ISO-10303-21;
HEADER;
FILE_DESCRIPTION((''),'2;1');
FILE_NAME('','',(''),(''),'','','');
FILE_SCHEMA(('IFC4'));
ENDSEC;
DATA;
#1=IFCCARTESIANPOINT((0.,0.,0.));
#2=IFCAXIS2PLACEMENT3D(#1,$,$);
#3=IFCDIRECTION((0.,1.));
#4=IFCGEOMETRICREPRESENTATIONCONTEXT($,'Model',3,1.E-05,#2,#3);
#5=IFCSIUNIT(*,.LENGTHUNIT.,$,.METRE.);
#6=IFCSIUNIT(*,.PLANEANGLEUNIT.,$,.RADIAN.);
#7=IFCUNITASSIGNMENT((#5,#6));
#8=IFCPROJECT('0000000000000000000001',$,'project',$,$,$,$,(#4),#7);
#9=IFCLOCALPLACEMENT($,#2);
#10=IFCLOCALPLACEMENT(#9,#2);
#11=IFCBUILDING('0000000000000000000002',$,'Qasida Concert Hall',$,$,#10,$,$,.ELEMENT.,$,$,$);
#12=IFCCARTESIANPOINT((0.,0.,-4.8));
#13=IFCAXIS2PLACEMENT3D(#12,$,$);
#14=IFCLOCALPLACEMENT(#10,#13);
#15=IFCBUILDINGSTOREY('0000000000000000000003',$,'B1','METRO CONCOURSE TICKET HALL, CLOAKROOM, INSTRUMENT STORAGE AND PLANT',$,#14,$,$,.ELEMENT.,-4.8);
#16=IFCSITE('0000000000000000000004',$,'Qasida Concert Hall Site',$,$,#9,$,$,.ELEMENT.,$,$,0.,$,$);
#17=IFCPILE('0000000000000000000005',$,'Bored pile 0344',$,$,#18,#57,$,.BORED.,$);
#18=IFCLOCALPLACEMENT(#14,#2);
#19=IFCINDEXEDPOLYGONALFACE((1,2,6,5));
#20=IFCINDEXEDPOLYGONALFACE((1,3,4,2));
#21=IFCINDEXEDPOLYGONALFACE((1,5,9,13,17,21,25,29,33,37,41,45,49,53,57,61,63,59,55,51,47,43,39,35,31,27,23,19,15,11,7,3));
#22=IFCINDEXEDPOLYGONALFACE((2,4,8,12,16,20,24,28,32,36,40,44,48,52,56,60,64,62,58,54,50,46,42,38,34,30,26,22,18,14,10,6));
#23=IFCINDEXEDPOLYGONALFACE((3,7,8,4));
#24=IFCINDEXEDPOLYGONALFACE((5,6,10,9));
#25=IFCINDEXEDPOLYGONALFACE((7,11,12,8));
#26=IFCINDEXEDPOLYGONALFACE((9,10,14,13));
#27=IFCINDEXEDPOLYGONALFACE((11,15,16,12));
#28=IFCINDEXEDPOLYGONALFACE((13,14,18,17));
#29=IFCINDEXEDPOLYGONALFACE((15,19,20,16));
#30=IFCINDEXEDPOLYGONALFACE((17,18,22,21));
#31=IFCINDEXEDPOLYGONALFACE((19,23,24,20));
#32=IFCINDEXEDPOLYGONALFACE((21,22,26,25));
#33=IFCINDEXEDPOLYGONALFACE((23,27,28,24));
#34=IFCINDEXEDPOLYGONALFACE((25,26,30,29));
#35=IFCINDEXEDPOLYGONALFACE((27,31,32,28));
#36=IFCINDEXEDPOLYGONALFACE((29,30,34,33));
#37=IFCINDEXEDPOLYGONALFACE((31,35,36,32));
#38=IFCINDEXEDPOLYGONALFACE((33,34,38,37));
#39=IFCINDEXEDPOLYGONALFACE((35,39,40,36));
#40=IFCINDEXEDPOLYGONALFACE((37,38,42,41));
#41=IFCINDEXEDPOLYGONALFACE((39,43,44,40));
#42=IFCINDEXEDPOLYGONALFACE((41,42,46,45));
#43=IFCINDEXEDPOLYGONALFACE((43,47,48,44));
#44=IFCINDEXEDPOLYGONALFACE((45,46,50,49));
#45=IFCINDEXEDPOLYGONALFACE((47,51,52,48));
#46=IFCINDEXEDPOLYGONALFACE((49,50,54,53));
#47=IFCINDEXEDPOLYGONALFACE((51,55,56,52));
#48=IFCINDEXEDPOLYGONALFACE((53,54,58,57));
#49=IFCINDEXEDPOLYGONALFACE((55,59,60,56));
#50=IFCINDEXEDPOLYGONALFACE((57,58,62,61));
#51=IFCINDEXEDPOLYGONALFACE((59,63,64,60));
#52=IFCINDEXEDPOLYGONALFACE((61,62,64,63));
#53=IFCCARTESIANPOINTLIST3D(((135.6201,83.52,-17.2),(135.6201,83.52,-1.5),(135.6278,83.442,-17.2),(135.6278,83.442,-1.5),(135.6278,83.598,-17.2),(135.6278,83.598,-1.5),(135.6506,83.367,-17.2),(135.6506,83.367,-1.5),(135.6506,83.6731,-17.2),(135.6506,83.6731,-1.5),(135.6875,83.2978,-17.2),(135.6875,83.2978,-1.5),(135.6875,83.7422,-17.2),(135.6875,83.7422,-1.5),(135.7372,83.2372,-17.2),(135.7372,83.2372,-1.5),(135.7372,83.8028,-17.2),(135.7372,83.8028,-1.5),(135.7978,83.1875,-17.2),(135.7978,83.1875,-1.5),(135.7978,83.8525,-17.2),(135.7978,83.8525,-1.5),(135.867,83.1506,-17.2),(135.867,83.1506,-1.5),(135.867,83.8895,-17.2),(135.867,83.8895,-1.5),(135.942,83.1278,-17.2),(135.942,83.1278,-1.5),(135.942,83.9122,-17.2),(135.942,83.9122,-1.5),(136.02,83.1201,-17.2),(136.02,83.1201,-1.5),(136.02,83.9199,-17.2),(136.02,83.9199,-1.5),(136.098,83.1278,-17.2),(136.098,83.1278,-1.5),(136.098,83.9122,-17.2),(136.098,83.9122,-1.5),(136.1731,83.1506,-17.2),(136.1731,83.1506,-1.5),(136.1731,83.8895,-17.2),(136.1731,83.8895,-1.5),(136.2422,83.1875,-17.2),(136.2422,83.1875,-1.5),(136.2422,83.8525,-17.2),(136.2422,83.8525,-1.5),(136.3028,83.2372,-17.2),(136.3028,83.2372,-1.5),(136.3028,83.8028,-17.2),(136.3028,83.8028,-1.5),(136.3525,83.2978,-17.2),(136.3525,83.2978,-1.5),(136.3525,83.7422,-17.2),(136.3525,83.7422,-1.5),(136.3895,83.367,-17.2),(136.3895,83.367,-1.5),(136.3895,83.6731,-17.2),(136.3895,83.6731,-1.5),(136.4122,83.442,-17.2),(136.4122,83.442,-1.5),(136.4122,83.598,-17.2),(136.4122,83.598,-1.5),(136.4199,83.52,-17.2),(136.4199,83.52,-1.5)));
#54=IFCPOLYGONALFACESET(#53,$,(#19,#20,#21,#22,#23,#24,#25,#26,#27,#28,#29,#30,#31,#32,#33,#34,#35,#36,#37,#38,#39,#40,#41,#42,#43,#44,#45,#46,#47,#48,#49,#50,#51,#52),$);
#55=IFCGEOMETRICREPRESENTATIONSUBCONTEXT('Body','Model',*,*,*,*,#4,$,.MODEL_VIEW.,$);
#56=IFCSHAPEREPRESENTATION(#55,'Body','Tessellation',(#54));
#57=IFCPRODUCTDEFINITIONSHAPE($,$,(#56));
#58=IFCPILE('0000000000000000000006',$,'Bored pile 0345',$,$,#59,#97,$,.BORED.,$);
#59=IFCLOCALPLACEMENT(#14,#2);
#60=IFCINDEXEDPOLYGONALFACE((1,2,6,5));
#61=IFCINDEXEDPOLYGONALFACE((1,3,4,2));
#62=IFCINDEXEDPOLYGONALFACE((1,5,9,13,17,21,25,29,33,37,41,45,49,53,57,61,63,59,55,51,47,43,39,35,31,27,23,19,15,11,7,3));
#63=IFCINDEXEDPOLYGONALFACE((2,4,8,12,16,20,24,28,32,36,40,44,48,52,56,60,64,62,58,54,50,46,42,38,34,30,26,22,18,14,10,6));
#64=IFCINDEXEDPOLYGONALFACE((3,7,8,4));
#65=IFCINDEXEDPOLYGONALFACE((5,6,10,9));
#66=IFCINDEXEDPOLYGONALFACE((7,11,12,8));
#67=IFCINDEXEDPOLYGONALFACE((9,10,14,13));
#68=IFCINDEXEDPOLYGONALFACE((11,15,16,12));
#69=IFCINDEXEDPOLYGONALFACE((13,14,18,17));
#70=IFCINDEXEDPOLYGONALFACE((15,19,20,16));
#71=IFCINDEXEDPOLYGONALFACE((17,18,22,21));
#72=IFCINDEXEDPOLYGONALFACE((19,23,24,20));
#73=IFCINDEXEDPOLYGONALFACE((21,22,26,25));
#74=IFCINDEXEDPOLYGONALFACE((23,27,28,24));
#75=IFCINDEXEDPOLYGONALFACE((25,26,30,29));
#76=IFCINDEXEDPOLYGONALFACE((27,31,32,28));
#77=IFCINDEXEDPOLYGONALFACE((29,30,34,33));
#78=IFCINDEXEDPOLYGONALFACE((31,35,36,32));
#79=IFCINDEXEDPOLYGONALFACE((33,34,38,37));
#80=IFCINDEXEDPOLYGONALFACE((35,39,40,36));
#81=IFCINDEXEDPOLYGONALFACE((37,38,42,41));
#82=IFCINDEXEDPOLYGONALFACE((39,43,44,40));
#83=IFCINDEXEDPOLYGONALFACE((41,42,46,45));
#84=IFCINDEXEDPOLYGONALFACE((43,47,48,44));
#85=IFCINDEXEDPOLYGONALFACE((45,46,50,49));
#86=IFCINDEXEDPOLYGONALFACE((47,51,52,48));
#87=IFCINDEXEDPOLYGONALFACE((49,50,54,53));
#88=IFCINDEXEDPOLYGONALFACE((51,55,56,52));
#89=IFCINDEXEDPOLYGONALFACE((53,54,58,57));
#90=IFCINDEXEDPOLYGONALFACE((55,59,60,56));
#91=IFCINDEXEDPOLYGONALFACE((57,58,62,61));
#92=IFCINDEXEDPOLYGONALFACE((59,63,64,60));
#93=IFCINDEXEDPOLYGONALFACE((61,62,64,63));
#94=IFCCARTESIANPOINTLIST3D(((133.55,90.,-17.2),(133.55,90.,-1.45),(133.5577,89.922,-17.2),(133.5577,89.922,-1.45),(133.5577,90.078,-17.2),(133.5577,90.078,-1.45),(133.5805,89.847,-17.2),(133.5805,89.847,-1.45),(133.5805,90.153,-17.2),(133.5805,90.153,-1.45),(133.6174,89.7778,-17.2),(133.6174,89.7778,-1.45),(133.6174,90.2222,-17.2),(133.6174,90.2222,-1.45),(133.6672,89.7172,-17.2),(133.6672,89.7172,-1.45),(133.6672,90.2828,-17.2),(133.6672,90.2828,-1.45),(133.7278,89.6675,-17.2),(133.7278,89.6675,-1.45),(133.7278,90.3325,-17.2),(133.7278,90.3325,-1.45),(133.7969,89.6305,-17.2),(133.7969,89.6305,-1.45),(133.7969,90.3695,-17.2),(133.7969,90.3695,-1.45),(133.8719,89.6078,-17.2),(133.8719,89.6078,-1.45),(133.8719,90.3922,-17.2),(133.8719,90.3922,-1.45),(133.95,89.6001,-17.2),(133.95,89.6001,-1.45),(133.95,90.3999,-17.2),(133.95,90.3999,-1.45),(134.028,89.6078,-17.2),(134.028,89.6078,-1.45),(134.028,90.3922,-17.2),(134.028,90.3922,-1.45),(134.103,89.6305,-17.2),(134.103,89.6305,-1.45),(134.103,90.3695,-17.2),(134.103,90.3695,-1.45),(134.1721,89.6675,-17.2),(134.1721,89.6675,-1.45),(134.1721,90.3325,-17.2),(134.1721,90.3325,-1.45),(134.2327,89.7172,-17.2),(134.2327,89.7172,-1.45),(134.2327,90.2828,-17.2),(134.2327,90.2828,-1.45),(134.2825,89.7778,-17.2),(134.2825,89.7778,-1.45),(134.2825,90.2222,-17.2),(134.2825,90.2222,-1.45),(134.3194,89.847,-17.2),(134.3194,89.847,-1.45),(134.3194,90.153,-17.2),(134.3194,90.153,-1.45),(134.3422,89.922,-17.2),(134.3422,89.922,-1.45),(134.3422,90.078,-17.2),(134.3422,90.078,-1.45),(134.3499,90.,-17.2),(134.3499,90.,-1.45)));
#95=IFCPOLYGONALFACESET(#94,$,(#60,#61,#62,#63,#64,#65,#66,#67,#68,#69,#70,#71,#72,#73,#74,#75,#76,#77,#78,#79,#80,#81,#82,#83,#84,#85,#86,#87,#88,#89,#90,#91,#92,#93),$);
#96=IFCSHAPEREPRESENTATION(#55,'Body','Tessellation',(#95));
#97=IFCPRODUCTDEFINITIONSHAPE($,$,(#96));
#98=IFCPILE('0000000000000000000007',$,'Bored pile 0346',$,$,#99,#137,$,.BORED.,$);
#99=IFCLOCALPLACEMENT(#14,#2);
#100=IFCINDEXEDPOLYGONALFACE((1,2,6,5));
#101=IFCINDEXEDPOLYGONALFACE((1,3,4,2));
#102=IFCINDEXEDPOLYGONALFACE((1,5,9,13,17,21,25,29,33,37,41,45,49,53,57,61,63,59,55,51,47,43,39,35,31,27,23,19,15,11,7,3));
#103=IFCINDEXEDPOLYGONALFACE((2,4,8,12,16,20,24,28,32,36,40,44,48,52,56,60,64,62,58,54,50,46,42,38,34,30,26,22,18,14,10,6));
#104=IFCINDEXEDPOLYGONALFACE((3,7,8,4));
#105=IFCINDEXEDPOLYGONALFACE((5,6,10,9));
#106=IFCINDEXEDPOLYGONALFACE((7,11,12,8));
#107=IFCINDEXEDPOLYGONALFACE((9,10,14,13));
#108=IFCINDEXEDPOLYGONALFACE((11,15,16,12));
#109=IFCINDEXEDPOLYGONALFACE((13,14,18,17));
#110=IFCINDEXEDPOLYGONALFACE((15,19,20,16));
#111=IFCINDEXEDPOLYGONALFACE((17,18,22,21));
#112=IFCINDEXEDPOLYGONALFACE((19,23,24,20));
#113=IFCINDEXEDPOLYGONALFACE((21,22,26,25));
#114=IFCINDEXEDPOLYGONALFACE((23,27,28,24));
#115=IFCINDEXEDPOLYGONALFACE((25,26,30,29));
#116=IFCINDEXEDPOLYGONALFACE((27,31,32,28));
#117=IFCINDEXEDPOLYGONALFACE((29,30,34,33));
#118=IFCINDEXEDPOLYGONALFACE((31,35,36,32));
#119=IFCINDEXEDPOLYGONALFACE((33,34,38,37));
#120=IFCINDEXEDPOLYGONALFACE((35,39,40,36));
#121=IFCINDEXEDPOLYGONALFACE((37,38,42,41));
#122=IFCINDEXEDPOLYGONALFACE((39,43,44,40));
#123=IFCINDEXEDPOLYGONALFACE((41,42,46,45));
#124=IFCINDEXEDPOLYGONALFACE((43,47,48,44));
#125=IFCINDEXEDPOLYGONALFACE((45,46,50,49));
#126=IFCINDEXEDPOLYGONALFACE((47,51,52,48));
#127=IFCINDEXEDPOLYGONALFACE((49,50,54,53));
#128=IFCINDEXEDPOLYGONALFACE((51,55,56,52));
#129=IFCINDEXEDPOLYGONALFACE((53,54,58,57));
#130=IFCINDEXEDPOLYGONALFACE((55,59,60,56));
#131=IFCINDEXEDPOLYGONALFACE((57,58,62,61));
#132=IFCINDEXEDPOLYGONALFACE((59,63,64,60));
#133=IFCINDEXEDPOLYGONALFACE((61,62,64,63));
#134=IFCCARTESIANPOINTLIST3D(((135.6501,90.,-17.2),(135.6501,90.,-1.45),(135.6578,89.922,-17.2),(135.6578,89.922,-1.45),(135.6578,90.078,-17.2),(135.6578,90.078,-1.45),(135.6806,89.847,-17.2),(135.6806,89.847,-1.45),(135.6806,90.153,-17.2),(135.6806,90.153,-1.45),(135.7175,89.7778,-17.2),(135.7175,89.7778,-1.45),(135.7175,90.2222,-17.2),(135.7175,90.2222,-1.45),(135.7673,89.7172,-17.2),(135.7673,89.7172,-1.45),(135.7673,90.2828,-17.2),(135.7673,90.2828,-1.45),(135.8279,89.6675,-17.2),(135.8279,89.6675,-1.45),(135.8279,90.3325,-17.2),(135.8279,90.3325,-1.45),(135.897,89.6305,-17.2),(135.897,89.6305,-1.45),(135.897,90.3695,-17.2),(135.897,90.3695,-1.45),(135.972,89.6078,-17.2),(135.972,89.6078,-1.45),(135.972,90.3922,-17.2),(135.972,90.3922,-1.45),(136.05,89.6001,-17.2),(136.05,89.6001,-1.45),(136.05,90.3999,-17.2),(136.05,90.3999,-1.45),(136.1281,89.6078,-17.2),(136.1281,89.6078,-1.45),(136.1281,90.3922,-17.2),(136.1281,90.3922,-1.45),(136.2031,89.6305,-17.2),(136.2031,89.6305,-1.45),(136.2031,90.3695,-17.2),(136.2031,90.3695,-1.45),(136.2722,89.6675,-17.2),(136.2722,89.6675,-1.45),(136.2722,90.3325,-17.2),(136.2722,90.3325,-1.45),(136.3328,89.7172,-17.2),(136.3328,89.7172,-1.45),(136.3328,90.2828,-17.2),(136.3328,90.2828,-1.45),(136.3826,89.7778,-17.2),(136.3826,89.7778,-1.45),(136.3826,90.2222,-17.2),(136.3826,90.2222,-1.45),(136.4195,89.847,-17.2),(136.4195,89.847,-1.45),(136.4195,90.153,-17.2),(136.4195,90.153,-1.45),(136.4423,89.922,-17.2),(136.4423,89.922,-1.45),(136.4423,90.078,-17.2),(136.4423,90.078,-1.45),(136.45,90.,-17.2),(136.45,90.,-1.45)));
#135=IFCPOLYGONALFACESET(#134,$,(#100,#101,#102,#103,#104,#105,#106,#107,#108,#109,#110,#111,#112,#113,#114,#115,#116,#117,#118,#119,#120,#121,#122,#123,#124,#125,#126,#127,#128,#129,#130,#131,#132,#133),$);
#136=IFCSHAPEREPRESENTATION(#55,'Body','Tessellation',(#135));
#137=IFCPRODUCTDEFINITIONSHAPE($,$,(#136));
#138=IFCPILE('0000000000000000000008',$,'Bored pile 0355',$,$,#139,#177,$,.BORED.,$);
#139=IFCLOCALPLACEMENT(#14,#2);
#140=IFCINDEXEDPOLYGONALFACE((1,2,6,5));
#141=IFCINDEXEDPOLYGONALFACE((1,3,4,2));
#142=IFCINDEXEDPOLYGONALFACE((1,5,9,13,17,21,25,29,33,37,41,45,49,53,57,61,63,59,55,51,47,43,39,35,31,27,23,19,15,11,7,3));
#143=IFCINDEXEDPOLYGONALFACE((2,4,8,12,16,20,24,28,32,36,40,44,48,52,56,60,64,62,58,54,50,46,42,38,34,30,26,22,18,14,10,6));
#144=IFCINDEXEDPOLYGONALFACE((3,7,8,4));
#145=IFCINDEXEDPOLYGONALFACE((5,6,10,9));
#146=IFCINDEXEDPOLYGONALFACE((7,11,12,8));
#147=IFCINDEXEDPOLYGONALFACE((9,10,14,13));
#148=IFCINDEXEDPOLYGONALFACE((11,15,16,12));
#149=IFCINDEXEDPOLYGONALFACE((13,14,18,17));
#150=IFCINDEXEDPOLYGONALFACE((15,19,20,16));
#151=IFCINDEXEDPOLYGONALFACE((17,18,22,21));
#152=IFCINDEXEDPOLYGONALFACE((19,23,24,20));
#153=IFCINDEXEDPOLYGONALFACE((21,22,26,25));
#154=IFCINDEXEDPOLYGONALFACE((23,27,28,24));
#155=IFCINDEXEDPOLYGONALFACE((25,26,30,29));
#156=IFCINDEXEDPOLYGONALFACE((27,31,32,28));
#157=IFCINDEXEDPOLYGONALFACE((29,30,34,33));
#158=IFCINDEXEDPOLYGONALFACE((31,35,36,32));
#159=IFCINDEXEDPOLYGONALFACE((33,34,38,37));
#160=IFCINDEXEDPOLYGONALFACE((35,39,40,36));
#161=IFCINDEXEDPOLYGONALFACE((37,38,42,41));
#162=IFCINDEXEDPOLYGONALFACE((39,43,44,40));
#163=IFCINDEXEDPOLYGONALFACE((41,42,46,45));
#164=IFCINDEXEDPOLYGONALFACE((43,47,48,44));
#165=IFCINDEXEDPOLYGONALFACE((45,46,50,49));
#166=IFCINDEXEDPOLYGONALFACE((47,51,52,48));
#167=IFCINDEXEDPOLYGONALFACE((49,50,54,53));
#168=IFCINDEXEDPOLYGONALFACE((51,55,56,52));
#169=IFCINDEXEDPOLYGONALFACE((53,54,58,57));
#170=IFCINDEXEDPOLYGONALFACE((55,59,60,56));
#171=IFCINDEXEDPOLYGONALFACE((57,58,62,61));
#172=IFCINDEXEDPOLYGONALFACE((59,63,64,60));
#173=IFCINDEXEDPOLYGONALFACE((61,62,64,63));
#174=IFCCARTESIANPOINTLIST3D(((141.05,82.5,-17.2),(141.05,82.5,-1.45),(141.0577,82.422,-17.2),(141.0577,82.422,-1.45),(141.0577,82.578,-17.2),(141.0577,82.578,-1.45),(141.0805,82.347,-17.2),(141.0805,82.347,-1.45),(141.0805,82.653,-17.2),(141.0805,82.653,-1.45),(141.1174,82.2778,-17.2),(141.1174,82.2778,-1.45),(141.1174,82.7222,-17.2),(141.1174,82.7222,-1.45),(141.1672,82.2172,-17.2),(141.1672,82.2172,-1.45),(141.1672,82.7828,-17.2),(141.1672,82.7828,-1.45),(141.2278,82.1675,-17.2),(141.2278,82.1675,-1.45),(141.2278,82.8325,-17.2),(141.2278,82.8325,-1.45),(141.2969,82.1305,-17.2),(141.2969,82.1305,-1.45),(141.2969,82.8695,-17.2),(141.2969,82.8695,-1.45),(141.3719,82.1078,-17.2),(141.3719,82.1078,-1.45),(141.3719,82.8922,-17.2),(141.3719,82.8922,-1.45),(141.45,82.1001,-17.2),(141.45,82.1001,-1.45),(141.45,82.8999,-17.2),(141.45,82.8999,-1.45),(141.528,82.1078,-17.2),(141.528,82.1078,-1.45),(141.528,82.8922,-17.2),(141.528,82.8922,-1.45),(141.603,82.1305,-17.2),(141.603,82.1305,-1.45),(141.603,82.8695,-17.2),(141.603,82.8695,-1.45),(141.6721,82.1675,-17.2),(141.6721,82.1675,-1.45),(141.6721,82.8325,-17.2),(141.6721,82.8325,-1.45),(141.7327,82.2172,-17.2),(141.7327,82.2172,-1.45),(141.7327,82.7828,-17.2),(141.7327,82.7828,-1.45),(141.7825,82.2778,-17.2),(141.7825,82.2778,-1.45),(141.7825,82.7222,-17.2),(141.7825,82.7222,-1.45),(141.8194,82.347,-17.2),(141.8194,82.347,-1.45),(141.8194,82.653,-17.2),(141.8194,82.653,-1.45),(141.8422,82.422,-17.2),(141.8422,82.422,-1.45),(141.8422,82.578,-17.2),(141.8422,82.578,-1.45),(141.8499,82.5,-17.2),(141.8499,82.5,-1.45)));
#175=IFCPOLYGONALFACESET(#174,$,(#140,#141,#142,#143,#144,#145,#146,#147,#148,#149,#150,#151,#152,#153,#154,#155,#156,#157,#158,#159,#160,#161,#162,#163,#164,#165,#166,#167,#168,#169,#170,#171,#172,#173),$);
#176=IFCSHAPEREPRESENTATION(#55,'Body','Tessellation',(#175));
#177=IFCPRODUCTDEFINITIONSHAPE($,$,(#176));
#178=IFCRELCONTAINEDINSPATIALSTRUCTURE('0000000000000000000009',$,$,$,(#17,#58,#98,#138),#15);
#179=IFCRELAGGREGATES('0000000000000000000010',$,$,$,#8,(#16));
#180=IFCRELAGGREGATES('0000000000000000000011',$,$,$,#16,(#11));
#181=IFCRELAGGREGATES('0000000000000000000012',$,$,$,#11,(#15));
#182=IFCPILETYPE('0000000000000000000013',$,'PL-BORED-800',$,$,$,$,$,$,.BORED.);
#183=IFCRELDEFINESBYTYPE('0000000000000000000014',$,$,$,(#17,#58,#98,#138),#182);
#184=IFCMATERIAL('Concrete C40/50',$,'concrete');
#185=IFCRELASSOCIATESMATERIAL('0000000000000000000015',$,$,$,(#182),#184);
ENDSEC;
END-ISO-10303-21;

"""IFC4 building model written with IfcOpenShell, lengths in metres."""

from ifc_helpers import new_model, si_unit, direction, frame, origin, origin_2d, place, context, subcontext, project, spatial, circle, extrude, material, material_profile, profile_set, type_object, element, save


model = new_model("IFC4")

# Units and contexts
model_context = context("Model", 3, precision=1e-05, world=origin(), true_north=direction((0.0, 1.0)))
body_context = subcontext(model_context, "Body", "Model", "MODEL_VIEW")
ifc_project = project(units=[si_unit("LENGTHUNIT", "METRE"), si_unit("PLANEANGLEUNIT", "RADIAN")], contexts=[model_context])

# Site, building, storey
site_placement = place(None, origin())
site = spatial("IfcSite", under=ifc_project, at=site_placement, Name="Qasida Concert Hall Site", CompositionType="ELEMENT", RefElevation=0.0)
building_placement = place(site_placement, origin())
building = spatial("IfcBuilding", under=site, at=building_placement, Name="Qasida Concert Hall", CompositionType="ELEMENT")
storey_placement = place(building_placement, frame((0.0, 0.0, -4.8)))
storey = spatial("IfcBuildingStorey", under=building, at=storey_placement, Name="B1", Description="METRO CONCOURSE TICKET HALL, CLOAKROOM, INSTRUMENT STORAGE AND PLANT", CompositionType="ELEMENT", Elevation=-4.8)

# Shared definitions
ifc_material_1 = material(Name="Concrete C40/50", Category="concrete")

# Piles
ifc_material_profile_1 = material_profile(ifc_material_1, circle(Radius=0.3999, at=origin_2d()), Name="BORED PILE D800")
ifc_profile_set_1 = profile_set([ifc_material_profile_1], Name="Concrete C40/50")
pile_type = type_object("IfcPileType", Name="PL-BORED-800", PredefinedType="BORED", material=ifc_profile_set_1)
for number, where, z_axis, x_axis, name in (
    (1, (136.02, 83.52, -1.5), (0.0, 0.0, -1.0), (1.0, 0.0, 0.0), "Bored pile 0344"),
):
    element("IfcPile", number, at=place(storey_placement, frame(where, z_axis=z_axis, x_axis=x_axis)), inside=storey, type_object=pile_type, Name=name, PredefinedType="BORED", context=body_context, shape_type="SweptSolid", body=[
        extrude(circle(Radius=0.3999, at=origin_2d()), origin(), (0.0, 0.0, 1.0), 15.7),
    ])
for number, where, z_axis, x_axis, name in (
    (2, (133.95, 90.0, -1.45), (0.0, 0.0, -1.0), (1.0, 0.0, 0.0), "Bored pile 0345"),
    (3, (136.05, 90.0, -1.45), (0.0, 0.0, -1.0), (1.0, 0.0, 0.0), "Bored pile 0346"),
    (4, (141.45, 82.5, -1.45), (0.0, 0.0, -1.0), (1.0, 0.0, 0.0), "Bored pile 0355"),
):
    element("IfcPile", number, at=place(storey_placement, frame(where, z_axis=z_axis, x_axis=x_axis)), inside=storey, type_object=pile_type, Name=name, PredefinedType="BORED", context=body_context, shape_type="SweptSolid", body=[
        extrude(circle(Radius=0.3999, at=origin_2d()), origin(), (0.0, 0.0, 1.0), 15.75),
    ])

save(model, "model.ifc")
